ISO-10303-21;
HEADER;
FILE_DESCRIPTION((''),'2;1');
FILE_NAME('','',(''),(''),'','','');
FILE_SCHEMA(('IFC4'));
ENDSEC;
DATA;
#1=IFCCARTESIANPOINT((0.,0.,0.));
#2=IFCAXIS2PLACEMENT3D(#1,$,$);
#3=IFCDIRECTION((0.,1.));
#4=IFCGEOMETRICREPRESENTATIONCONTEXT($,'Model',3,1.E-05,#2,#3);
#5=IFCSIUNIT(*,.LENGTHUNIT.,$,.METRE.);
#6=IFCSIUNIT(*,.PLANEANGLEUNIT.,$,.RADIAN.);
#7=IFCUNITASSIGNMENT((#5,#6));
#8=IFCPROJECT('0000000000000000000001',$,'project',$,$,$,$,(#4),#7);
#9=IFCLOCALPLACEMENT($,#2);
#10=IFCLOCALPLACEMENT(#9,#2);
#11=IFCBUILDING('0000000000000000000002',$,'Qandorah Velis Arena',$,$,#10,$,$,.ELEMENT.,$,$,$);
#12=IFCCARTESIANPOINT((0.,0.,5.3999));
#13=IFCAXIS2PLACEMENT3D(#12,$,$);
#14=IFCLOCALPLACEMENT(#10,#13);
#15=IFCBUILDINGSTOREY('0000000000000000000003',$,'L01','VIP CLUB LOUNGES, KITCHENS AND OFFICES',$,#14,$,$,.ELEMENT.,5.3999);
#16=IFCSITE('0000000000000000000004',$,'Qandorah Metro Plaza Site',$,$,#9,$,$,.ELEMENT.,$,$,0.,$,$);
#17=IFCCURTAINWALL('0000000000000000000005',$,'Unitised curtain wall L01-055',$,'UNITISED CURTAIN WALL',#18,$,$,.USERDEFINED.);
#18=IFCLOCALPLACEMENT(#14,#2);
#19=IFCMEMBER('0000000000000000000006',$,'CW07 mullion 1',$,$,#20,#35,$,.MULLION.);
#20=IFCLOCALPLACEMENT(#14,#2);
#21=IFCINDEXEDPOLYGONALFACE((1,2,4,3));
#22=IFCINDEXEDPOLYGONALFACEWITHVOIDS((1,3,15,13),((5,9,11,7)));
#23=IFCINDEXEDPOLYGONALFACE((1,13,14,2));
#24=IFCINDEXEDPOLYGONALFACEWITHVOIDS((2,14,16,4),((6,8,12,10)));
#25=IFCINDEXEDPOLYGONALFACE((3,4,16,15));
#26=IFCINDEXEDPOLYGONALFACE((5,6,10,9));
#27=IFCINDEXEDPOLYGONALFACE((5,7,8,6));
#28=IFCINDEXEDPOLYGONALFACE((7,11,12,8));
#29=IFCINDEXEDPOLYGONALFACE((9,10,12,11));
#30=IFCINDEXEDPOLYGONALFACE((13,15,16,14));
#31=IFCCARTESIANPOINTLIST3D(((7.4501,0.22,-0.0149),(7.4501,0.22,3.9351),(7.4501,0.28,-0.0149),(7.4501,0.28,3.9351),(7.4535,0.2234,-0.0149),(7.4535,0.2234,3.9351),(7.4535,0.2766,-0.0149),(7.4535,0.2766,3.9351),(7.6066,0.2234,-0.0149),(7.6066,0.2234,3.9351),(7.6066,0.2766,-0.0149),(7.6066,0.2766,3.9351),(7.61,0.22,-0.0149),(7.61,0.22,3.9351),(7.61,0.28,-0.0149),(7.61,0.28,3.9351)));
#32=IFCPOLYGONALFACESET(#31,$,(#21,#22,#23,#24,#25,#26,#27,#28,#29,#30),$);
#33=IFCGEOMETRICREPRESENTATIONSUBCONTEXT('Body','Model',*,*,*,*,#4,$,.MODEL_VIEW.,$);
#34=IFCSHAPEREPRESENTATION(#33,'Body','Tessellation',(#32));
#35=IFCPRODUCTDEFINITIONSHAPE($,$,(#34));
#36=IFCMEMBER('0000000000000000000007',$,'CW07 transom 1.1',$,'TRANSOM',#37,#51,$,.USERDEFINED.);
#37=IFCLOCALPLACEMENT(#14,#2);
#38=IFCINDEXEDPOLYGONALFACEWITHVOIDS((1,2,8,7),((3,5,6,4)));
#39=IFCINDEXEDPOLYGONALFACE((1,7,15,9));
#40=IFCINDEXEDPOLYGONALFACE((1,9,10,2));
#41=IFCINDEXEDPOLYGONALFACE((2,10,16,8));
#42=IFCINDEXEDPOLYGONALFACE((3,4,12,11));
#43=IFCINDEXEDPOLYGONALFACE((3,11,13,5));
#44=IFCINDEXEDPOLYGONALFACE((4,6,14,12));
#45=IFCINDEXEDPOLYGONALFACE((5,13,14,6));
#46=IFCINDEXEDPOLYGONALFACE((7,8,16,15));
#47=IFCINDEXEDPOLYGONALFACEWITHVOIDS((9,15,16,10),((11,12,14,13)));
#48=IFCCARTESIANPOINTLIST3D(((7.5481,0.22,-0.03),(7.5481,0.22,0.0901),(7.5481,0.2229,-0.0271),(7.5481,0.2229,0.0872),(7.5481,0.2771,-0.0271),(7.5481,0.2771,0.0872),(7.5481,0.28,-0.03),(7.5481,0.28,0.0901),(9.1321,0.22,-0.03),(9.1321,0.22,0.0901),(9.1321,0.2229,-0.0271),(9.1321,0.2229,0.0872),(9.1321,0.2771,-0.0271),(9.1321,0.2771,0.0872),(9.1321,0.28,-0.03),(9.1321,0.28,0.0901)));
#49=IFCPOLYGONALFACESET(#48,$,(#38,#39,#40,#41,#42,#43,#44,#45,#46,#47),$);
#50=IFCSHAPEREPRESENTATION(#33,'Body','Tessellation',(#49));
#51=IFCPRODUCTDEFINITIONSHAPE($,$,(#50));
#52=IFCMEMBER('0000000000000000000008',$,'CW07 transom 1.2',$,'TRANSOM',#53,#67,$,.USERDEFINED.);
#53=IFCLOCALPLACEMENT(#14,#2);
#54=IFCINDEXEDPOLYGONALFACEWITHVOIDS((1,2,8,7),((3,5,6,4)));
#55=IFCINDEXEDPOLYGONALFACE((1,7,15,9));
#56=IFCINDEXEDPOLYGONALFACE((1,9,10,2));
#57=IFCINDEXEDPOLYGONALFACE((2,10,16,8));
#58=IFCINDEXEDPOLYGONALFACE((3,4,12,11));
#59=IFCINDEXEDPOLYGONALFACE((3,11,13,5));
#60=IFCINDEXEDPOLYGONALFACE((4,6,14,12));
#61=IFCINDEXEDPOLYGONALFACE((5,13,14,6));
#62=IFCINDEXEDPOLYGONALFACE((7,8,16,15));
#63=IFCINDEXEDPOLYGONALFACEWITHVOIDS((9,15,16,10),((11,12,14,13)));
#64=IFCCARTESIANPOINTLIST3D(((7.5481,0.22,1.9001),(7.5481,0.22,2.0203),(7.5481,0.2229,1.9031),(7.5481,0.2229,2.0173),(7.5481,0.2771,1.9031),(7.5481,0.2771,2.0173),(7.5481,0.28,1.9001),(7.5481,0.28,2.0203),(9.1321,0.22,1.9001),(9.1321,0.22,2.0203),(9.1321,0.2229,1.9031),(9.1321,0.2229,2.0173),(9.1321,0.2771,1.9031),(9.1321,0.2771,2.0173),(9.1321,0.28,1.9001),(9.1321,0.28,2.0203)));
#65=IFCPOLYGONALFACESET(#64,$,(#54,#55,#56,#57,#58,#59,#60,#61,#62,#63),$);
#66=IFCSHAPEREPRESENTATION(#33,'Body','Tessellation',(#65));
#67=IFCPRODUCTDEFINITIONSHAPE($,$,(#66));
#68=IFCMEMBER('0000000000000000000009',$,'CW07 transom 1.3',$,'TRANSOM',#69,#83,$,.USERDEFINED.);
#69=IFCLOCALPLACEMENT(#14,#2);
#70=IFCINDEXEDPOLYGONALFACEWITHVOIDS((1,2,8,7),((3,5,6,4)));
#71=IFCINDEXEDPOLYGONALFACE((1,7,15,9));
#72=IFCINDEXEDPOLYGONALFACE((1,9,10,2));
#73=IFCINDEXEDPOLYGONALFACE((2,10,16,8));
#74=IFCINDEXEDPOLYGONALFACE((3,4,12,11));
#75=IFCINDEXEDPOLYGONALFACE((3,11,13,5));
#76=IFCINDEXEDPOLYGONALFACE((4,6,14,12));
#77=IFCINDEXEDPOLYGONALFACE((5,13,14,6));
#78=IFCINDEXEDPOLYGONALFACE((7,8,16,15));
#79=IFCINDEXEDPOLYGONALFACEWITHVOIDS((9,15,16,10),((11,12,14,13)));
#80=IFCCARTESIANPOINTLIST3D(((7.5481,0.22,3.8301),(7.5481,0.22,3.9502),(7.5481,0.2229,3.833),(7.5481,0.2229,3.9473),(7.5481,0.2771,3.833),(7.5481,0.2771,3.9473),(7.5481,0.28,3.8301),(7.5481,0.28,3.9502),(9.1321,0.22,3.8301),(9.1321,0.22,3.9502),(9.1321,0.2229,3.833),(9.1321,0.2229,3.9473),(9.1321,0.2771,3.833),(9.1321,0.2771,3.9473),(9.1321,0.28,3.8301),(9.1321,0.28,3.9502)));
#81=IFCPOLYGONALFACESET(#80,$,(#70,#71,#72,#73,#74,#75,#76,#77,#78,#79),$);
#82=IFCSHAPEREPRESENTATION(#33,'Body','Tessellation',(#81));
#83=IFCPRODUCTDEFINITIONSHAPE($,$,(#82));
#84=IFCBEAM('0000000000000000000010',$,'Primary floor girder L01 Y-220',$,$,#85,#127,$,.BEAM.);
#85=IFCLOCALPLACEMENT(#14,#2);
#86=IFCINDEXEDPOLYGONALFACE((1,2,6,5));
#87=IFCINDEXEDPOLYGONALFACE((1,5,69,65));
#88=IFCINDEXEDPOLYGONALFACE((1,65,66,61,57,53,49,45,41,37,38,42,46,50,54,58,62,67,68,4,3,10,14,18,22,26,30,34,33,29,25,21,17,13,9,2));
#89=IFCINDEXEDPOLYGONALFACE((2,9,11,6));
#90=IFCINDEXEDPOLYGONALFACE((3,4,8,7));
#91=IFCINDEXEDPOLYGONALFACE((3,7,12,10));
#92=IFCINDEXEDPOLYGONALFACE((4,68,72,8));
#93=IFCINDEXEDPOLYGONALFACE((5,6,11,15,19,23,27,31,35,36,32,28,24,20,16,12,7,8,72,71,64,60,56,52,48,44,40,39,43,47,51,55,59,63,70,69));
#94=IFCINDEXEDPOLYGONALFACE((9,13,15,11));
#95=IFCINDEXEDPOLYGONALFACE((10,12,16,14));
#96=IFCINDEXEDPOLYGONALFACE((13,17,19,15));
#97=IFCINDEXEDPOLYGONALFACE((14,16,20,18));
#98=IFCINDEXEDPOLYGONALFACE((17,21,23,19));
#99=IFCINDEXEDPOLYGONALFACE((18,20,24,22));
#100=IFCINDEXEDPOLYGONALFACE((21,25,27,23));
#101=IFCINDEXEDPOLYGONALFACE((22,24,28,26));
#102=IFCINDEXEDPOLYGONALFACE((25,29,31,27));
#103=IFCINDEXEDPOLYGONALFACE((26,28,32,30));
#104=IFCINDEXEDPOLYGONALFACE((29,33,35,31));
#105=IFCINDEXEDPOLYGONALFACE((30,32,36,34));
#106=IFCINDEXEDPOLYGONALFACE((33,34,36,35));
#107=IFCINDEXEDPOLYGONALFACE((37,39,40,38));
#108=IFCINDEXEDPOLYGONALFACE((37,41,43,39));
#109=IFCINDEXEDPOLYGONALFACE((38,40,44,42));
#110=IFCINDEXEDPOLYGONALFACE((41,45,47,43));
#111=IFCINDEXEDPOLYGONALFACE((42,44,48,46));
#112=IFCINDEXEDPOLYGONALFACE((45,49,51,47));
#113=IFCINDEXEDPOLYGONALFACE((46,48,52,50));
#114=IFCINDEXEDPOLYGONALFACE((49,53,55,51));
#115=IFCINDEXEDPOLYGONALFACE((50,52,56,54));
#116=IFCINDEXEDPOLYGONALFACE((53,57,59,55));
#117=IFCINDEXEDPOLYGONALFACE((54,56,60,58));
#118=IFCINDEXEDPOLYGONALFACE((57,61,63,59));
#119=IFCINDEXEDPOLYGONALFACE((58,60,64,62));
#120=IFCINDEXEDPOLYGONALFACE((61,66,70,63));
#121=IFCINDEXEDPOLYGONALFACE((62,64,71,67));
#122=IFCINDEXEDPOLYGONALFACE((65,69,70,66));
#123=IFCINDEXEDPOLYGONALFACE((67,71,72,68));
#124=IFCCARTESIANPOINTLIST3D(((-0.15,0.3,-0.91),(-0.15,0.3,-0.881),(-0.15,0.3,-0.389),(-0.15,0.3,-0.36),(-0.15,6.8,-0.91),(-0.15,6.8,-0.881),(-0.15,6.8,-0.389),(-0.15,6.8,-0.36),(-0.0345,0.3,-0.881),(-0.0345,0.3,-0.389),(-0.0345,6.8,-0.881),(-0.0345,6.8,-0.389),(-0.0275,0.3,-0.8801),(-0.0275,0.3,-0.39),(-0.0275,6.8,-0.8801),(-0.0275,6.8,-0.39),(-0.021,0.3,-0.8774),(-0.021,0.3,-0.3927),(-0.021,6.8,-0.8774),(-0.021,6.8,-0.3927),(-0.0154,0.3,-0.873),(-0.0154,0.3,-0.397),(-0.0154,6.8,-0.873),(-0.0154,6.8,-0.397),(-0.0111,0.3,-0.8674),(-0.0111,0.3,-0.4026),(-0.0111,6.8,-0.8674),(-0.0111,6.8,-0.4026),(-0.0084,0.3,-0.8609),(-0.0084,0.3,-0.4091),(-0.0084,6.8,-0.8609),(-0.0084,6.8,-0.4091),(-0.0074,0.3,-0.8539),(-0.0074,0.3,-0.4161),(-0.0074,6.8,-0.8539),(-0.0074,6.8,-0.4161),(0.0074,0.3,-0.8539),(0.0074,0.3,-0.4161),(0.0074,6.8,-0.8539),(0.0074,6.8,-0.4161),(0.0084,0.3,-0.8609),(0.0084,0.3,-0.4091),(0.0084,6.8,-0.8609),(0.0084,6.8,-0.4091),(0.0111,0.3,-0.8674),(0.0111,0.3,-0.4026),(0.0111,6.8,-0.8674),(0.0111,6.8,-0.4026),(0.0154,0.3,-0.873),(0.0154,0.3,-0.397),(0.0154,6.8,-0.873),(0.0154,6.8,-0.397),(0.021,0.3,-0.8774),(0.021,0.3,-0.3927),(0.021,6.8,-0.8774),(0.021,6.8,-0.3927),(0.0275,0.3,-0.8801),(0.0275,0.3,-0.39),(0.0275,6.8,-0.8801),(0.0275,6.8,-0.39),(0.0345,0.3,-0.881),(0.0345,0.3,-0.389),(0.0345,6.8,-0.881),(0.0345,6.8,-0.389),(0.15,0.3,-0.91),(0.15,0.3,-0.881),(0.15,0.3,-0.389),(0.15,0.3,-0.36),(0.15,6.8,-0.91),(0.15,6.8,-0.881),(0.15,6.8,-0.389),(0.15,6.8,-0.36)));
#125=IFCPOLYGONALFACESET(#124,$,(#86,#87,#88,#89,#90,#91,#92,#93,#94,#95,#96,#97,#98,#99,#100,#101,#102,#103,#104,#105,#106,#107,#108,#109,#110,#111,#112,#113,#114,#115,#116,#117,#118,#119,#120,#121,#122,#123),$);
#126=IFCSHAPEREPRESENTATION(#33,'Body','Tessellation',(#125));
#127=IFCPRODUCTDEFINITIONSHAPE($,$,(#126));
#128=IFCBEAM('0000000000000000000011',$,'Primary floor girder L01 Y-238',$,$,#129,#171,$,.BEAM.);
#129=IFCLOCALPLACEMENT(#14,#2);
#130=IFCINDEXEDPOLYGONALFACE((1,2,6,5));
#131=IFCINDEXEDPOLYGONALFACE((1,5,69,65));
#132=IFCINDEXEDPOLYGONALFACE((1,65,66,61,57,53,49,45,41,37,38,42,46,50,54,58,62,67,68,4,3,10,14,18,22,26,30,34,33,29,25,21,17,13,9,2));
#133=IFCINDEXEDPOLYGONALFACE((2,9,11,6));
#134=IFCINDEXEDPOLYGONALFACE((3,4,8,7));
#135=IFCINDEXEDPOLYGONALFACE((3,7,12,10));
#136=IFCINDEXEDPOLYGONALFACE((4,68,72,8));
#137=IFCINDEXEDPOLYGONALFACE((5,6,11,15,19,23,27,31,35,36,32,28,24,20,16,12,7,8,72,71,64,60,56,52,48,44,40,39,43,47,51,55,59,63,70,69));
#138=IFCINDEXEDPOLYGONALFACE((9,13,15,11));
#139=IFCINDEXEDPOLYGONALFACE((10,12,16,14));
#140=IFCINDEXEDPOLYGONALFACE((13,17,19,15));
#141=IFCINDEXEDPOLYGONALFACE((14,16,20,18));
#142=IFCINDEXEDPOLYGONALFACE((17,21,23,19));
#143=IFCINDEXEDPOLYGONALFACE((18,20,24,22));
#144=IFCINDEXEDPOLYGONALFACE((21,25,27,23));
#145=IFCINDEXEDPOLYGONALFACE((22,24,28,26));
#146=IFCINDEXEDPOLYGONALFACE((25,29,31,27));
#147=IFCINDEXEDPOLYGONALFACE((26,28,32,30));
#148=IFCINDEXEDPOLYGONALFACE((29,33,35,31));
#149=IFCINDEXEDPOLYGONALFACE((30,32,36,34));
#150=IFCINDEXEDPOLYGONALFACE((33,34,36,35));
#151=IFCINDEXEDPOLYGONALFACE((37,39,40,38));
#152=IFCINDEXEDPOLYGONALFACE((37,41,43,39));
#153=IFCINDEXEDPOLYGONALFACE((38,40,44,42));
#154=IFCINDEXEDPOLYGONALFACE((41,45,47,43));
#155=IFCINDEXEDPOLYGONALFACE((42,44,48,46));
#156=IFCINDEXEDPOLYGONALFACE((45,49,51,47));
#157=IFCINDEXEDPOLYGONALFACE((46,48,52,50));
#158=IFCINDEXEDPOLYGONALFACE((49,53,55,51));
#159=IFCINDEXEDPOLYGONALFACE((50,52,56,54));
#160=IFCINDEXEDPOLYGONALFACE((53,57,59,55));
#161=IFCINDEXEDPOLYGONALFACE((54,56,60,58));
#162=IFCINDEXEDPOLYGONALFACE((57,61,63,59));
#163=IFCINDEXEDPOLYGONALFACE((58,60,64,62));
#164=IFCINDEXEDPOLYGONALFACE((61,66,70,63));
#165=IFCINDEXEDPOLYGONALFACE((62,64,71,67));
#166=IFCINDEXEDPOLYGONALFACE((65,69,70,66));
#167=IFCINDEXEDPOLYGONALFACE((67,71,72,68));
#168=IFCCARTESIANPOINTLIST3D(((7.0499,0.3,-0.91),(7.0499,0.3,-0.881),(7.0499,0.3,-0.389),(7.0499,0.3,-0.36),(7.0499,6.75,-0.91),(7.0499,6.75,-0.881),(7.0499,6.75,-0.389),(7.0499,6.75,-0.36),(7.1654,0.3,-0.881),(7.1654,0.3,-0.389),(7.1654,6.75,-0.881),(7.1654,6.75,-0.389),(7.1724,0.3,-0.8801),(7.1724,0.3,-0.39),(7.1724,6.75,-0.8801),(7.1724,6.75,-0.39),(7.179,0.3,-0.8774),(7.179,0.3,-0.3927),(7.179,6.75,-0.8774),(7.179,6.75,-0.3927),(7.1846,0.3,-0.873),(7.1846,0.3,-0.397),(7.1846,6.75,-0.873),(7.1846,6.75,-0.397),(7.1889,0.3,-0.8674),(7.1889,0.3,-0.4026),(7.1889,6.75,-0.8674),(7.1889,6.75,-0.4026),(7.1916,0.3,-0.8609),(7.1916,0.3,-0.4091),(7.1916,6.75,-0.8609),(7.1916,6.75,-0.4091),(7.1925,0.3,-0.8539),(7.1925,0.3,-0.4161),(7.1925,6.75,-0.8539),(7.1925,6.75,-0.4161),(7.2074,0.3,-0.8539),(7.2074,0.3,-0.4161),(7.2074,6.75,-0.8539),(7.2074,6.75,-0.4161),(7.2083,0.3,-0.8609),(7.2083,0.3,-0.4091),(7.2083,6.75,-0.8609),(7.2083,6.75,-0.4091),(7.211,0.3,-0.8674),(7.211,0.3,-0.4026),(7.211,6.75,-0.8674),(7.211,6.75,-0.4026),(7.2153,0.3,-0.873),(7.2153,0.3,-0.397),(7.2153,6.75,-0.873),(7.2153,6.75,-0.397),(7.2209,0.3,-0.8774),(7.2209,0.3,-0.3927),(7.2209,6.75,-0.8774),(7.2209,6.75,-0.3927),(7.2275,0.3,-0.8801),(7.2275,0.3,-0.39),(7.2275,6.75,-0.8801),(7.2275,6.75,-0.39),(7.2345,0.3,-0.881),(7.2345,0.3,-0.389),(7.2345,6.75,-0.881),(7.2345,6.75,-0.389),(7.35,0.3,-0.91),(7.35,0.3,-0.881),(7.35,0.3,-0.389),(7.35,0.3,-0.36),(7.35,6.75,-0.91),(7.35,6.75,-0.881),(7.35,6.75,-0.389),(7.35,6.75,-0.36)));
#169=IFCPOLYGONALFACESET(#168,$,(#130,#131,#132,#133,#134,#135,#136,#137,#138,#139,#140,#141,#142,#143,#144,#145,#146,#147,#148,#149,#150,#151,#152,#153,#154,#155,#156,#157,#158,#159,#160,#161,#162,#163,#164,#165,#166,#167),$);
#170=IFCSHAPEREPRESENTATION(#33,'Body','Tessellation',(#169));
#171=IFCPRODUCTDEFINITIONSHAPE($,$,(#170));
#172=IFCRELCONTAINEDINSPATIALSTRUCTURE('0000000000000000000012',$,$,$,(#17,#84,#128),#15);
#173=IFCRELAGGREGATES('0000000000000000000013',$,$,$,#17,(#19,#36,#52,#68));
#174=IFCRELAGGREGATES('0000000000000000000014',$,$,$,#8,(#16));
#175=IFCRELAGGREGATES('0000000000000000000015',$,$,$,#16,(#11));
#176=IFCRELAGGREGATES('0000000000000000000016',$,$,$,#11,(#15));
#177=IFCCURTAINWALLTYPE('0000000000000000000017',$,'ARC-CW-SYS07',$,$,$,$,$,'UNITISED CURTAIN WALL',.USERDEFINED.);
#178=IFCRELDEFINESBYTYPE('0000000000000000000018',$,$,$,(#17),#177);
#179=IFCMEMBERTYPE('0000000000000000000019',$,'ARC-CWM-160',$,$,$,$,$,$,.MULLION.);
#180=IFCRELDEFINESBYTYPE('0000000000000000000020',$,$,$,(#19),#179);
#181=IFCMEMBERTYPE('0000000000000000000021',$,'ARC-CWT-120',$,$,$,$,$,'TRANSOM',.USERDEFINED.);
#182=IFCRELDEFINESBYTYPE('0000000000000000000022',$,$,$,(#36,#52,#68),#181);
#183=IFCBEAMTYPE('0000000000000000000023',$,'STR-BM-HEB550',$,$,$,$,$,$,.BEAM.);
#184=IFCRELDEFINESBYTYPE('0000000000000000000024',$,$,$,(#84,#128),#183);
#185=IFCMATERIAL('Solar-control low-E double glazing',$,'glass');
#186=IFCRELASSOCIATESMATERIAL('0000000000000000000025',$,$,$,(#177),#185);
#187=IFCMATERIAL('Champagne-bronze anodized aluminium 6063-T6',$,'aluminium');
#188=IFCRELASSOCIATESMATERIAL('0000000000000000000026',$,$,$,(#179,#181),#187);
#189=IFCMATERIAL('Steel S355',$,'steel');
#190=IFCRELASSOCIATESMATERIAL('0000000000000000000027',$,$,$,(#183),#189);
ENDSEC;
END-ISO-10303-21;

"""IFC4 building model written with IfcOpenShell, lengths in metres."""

from ifc_helpers import new_model, si_unit, direction, frame, origin, origin_2d, place, context, subcontext, project, spatial, hollow_rectangle, i_section, extrude, material, material_profile, profile_set, type_object, element, aggregate, save


model = new_model("IFC4")

# Units and contexts
model_context = context("Model", 3, precision=1e-05, world=origin(), true_north=direction((0.0, 1.0)))
body_context = subcontext(model_context, "Body", "Model", "MODEL_VIEW")
ifc_project = project(units=[si_unit("LENGTHUNIT", "METRE"), si_unit("PLANEANGLEUNIT", "RADIAN")], contexts=[model_context])

# Site, building, storey
site_placement = place(None, origin())
site = spatial("IfcSite", under=ifc_project, at=site_placement, Name="Qandorah Metro Plaza Site", CompositionType="ELEMENT", RefElevation=0.0)
building_placement = place(site_placement, origin())
building = spatial("IfcBuilding", under=site, at=building_placement, Name="Qandorah Velis Arena", CompositionType="ELEMENT")
storey_placement = place(building_placement, frame((0.0, 0.0, 5.3999)))
storey = spatial("IfcBuildingStorey", under=building, at=storey_placement, Name="L01", Description="VIP CLUB LOUNGES, KITCHENS AND OFFICES", CompositionType="ELEMENT", Elevation=5.3999)

# Curtain wall, members
ifc_material_1 = material(Name="Solar-control low-E double glazing", Category="glass")
curtain_wall_type = type_object("IfcCurtainWallType", Name="ARC-CW-SYS07", ElementType="UNITISED CURTAIN WALL", PredefinedType="USERDEFINED", material=ifc_material_1)
curtain_wall_placement = place(storey_placement, origin())
curtain_wall = element("IfcCurtainWall", 1, at=curtain_wall_placement, inside=storey, type_object=curtain_wall_type, Name="Unitised curtain wall L01-055", ObjectType="UNITISED CURTAIN WALL", PredefinedType="USERDEFINED")
ifc_material_2 = material(Name="Champagne-bronze anodized aluminium 6063-T6", Category="aluminium")
ifc_material_profile_1 = material_profile(ifc_material_2, hollow_rectangle(XDim=0.0601, YDim=0.1599, WallThickness=0.0034, at=origin_2d()), Name="ALU MULLION 60x160")
ifc_profile_set_1 = profile_set([ifc_material_profile_1], Name="Champagne-bronze anodized aluminium 6063-T6")
member_type_1 = type_object("IfcMemberType", Name="ARC-CWM-160", PredefinedType="MULLION", material=ifc_profile_set_1)
member_1_placement = place(storey_placement, frame((7.53, 0.25, -0.0149), z_axis=(0.0, 0.0, 1.0), x_axis=(0.0, 1.0, 0.0)))
member_1 = element("IfcMember", 2, at=member_1_placement, type_object=member_type_1, Name="CW07 mullion 1", PredefinedType="MULLION", context=body_context, shape_type="SweptSolid", body=[
    extrude(hollow_rectangle(XDim=0.0601, YDim=0.1599, WallThickness=0.0034, at=origin_2d()), origin(), (0.0, 0.0, 1.0), 3.95),
])
ifc_material_profile_2 = material_profile(ifc_material_2, hollow_rectangle(XDim=0.0601, YDim=0.1201, WallThickness=0.0029, at=origin_2d()), Name="ALU TRANSOM 60x120")
ifc_profile_set_2 = profile_set([ifc_material_profile_2], Name="Champagne-bronze anodized aluminium 6063-T6")
member_type_2 = type_object("IfcMemberType", Name="ARC-CWT-120", ElementType="TRANSOM", PredefinedType="USERDEFINED", material=ifc_profile_set_2)
member_2_placement = place(storey_placement, frame((7.5481, 0.25, 0.03), z_axis=(1.0, 0.0, 0.0), x_axis=(0.0, 1.0, 0.0)))
member_2 = element("IfcMember", 3, at=member_2_placement, type_object=member_type_2, Name="CW07 transom 1.1", ObjectType="TRANSOM", PredefinedType="USERDEFINED", context=body_context, shape_type="SweptSolid", body=[
    extrude(hollow_rectangle(XDim=0.0601, YDim=0.1201, WallThickness=0.0029, at=origin_2d()), origin(), (0.0, 0.0, 1.0), 1.584),
])
member_3_placement = place(storey_placement, frame((7.5481, 0.25, 1.9602), z_axis=(1.0, 0.0, 0.0), x_axis=(0.0, 1.0, 0.0)))
member_3 = element("IfcMember", 4, at=member_3_placement, type_object=member_type_2, Name="CW07 transom 1.2", ObjectType="TRANSOM", PredefinedType="USERDEFINED", context=body_context, shape_type="SweptSolid", body=[
    extrude(hollow_rectangle(XDim=0.0601, YDim=0.1201, WallThickness=0.0029, at=origin_2d()), origin(), (0.0, 0.0, 1.0), 1.584),
])
member_4_placement = place(storey_placement, frame((7.5481, 0.25, 3.8901), z_axis=(1.0, 0.0, 0.0), x_axis=(0.0, 1.0, 0.0)))
member_4 = element("IfcMember", 5, at=member_4_placement, type_object=member_type_2, Name="CW07 transom 1.3", ObjectType="TRANSOM", PredefinedType="USERDEFINED", context=body_context, shape_type="SweptSolid", body=[
    extrude(hollow_rectangle(XDim=0.0601, YDim=0.1201, WallThickness=0.0029, at=origin_2d()), origin(), (0.0, 0.0, 1.0), 1.584),
])

# Beams
ifc_material_3 = material(Name="Steel S355", Category="steel")
ifc_material_profile_3 = material_profile(ifc_material_3, i_section(OverallWidth=0.3, OverallDepth=0.55, WebThickness=0.0149, FlangeThickness=0.0291, FilletRadius=0.0271, at=origin_2d()), Name="HEB 550")
ifc_profile_set_3 = profile_set([ifc_material_profile_3], Name="Steel S355")
beam_type_1 = type_object("IfcBeamType", Name="STR-BM-HEB550", PredefinedType="BEAM", material=ifc_profile_set_3)
beam_1_placement = place(storey_placement, frame((0.0, 0.3, -0.635), z_axis=(0.0, 1.0, 0.0), x_axis=(-1.0, 0.0, 0.0)))
element("IfcBeam", 6, at=beam_1_placement, inside=storey, type_object=beam_type_1, Name="Primary floor girder L01 Y-220", PredefinedType="BEAM", context=body_context, shape_type="SweptSolid", body=[
    extrude(i_section(OverallWidth=0.3, OverallDepth=0.55, WebThickness=0.0149, FlangeThickness=0.0291, FilletRadius=0.0271, at=origin_2d()), origin(), (0.0, 0.0, 1.0), 6.5),
])
beam_2_placement = place(storey_placement, frame((7.2, 0.3, -0.635), z_axis=(0.0, 1.0, 0.0), x_axis=(-1.0, 0.0, 0.0)))
element("IfcBeam", 7, at=beam_2_placement, inside=storey, type_object=beam_type_1, Name="Primary floor girder L01 Y-238", PredefinedType="BEAM", context=body_context, shape_type="SweptSolid", body=[
    extrude(i_section(OverallWidth=0.3, OverallDepth=0.55, WebThickness=0.0149, FlangeThickness=0.0291, FilletRadius=0.0271, at=origin_2d()), origin(), (0.0, 0.0, 1.0), 6.45),
])

aggregate(curtain_wall, [member_1, member_2, member_3, member_4])

save(model, "model.ifc")
